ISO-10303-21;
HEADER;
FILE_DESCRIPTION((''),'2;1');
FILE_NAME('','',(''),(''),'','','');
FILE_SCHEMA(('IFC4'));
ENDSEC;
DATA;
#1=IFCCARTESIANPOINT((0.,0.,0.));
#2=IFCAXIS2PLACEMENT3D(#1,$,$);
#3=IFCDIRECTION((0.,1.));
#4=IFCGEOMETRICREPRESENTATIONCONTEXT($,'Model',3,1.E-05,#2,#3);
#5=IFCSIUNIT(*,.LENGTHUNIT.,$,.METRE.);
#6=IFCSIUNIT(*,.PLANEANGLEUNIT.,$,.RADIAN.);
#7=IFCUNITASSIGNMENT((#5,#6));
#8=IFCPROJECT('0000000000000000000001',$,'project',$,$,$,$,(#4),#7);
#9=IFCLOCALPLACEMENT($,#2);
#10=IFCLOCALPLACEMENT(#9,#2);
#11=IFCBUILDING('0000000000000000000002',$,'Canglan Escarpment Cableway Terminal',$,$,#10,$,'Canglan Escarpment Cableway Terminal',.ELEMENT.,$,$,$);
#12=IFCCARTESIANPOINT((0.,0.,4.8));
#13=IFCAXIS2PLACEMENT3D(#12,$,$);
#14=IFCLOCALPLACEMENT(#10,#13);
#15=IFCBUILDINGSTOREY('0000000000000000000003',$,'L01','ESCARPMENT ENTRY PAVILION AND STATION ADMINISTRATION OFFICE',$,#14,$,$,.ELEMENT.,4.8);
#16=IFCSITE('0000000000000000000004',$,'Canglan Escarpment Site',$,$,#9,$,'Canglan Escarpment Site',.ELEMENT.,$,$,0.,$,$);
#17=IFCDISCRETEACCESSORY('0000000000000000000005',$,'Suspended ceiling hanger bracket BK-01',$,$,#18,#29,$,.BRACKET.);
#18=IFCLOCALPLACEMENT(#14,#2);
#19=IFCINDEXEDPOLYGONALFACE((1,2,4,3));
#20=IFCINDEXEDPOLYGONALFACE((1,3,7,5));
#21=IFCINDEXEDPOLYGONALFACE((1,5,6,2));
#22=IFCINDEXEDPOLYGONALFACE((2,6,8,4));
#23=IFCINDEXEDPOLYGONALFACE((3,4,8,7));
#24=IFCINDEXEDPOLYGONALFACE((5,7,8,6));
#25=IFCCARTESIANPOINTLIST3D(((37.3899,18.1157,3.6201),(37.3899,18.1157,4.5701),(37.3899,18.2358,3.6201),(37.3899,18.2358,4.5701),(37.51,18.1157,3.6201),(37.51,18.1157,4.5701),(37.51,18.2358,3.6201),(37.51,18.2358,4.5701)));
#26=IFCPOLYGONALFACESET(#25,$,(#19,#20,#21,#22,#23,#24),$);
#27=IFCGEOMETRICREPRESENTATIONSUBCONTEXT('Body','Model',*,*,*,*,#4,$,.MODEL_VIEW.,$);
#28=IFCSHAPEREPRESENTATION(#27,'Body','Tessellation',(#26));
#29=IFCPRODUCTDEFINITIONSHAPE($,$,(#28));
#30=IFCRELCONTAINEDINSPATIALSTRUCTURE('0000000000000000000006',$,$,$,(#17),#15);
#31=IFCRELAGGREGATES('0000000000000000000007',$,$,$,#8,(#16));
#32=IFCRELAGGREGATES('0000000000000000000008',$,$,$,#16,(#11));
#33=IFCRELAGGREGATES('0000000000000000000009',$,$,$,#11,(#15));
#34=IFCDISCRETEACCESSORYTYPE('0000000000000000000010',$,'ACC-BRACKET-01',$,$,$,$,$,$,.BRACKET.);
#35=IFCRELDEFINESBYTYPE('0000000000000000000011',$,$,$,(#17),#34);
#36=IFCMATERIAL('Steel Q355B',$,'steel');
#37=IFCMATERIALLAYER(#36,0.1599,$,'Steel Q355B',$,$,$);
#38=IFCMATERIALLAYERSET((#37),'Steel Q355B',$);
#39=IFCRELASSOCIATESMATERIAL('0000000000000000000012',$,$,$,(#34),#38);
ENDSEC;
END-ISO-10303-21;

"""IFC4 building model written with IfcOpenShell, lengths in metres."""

from ifc_helpers import new_model, si_unit, direction, frame, origin, origin_2d, place, context, subcontext, project, spatial, rectangle, extrude, material, layer, layer_set, type_object, element, save


model = new_model("IFC4")

# Units and contexts
model_context = context("Model", 3, precision=1e-05, world=origin(), true_north=direction((0.0, 1.0)))
body_context = subcontext(model_context, "Body", "Model", "MODEL_VIEW")
ifc_project = project(units=[si_unit("LENGTHUNIT", "METRE"), si_unit("PLANEANGLEUNIT", "RADIAN")], contexts=[model_context])

# Site, building, storey
site_placement = place(None, origin())
site = spatial("IfcSite", under=ifc_project, at=site_placement, Name="Canglan Escarpment Site", LongName="Canglan Escarpment Site", CompositionType="ELEMENT", RefElevation=0.0)
building_placement = place(site_placement, origin())
building = spatial("IfcBuilding", under=site, at=building_placement, Name="Canglan Escarpment Cableway Terminal", LongName="Canglan Escarpment Cableway Terminal", CompositionType="ELEMENT")
storey_placement = place(building_placement, frame((0.0, 0.0, 4.8)))
storey = spatial("IfcBuildingStorey", under=building, at=storey_placement, Name="L01", Description="ESCARPMENT ENTRY PAVILION AND STATION ADMINISTRATION OFFICE", CompositionType="ELEMENT", Elevation=4.8)

# Shared definitions
ifc_material_1 = material(Name="Steel Q355B", Category="steel")

# Discrete accessory
ifc_layer_1 = layer(ifc_material_1, 0.1599, Name="Steel Q355B")
ifc_layer_set_1 = layer_set([ifc_layer_1], Name="Steel Q355B")
discrete_accessory_type = type_object("IfcDiscreteAccessoryType", Name="ACC-BRACKET-01", PredefinedType="BRACKET", material=ifc_layer_set_1)
discrete_accessory_placement = place(storey_placement, frame((37.45, 18.1758, 3.6201), z_axis=(0.0, 0.0, 1.0), x_axis=(1.0, 0.0, 0.0)))
element("IfcDiscreteAccessory", 1, at=discrete_accessory_placement, inside=storey, type_object=discrete_accessory_type, Name="Suspended ceiling hanger bracket BK-01", PredefinedType="BRACKET", context=body_context, shape_type="SweptSolid", body=[
    extrude(rectangle(XDim=0.1201, YDim=0.1201, at=origin_2d()), origin(), (0.0, 0.0, 1.0), 0.95),
])

save(model, "model.ifc")
